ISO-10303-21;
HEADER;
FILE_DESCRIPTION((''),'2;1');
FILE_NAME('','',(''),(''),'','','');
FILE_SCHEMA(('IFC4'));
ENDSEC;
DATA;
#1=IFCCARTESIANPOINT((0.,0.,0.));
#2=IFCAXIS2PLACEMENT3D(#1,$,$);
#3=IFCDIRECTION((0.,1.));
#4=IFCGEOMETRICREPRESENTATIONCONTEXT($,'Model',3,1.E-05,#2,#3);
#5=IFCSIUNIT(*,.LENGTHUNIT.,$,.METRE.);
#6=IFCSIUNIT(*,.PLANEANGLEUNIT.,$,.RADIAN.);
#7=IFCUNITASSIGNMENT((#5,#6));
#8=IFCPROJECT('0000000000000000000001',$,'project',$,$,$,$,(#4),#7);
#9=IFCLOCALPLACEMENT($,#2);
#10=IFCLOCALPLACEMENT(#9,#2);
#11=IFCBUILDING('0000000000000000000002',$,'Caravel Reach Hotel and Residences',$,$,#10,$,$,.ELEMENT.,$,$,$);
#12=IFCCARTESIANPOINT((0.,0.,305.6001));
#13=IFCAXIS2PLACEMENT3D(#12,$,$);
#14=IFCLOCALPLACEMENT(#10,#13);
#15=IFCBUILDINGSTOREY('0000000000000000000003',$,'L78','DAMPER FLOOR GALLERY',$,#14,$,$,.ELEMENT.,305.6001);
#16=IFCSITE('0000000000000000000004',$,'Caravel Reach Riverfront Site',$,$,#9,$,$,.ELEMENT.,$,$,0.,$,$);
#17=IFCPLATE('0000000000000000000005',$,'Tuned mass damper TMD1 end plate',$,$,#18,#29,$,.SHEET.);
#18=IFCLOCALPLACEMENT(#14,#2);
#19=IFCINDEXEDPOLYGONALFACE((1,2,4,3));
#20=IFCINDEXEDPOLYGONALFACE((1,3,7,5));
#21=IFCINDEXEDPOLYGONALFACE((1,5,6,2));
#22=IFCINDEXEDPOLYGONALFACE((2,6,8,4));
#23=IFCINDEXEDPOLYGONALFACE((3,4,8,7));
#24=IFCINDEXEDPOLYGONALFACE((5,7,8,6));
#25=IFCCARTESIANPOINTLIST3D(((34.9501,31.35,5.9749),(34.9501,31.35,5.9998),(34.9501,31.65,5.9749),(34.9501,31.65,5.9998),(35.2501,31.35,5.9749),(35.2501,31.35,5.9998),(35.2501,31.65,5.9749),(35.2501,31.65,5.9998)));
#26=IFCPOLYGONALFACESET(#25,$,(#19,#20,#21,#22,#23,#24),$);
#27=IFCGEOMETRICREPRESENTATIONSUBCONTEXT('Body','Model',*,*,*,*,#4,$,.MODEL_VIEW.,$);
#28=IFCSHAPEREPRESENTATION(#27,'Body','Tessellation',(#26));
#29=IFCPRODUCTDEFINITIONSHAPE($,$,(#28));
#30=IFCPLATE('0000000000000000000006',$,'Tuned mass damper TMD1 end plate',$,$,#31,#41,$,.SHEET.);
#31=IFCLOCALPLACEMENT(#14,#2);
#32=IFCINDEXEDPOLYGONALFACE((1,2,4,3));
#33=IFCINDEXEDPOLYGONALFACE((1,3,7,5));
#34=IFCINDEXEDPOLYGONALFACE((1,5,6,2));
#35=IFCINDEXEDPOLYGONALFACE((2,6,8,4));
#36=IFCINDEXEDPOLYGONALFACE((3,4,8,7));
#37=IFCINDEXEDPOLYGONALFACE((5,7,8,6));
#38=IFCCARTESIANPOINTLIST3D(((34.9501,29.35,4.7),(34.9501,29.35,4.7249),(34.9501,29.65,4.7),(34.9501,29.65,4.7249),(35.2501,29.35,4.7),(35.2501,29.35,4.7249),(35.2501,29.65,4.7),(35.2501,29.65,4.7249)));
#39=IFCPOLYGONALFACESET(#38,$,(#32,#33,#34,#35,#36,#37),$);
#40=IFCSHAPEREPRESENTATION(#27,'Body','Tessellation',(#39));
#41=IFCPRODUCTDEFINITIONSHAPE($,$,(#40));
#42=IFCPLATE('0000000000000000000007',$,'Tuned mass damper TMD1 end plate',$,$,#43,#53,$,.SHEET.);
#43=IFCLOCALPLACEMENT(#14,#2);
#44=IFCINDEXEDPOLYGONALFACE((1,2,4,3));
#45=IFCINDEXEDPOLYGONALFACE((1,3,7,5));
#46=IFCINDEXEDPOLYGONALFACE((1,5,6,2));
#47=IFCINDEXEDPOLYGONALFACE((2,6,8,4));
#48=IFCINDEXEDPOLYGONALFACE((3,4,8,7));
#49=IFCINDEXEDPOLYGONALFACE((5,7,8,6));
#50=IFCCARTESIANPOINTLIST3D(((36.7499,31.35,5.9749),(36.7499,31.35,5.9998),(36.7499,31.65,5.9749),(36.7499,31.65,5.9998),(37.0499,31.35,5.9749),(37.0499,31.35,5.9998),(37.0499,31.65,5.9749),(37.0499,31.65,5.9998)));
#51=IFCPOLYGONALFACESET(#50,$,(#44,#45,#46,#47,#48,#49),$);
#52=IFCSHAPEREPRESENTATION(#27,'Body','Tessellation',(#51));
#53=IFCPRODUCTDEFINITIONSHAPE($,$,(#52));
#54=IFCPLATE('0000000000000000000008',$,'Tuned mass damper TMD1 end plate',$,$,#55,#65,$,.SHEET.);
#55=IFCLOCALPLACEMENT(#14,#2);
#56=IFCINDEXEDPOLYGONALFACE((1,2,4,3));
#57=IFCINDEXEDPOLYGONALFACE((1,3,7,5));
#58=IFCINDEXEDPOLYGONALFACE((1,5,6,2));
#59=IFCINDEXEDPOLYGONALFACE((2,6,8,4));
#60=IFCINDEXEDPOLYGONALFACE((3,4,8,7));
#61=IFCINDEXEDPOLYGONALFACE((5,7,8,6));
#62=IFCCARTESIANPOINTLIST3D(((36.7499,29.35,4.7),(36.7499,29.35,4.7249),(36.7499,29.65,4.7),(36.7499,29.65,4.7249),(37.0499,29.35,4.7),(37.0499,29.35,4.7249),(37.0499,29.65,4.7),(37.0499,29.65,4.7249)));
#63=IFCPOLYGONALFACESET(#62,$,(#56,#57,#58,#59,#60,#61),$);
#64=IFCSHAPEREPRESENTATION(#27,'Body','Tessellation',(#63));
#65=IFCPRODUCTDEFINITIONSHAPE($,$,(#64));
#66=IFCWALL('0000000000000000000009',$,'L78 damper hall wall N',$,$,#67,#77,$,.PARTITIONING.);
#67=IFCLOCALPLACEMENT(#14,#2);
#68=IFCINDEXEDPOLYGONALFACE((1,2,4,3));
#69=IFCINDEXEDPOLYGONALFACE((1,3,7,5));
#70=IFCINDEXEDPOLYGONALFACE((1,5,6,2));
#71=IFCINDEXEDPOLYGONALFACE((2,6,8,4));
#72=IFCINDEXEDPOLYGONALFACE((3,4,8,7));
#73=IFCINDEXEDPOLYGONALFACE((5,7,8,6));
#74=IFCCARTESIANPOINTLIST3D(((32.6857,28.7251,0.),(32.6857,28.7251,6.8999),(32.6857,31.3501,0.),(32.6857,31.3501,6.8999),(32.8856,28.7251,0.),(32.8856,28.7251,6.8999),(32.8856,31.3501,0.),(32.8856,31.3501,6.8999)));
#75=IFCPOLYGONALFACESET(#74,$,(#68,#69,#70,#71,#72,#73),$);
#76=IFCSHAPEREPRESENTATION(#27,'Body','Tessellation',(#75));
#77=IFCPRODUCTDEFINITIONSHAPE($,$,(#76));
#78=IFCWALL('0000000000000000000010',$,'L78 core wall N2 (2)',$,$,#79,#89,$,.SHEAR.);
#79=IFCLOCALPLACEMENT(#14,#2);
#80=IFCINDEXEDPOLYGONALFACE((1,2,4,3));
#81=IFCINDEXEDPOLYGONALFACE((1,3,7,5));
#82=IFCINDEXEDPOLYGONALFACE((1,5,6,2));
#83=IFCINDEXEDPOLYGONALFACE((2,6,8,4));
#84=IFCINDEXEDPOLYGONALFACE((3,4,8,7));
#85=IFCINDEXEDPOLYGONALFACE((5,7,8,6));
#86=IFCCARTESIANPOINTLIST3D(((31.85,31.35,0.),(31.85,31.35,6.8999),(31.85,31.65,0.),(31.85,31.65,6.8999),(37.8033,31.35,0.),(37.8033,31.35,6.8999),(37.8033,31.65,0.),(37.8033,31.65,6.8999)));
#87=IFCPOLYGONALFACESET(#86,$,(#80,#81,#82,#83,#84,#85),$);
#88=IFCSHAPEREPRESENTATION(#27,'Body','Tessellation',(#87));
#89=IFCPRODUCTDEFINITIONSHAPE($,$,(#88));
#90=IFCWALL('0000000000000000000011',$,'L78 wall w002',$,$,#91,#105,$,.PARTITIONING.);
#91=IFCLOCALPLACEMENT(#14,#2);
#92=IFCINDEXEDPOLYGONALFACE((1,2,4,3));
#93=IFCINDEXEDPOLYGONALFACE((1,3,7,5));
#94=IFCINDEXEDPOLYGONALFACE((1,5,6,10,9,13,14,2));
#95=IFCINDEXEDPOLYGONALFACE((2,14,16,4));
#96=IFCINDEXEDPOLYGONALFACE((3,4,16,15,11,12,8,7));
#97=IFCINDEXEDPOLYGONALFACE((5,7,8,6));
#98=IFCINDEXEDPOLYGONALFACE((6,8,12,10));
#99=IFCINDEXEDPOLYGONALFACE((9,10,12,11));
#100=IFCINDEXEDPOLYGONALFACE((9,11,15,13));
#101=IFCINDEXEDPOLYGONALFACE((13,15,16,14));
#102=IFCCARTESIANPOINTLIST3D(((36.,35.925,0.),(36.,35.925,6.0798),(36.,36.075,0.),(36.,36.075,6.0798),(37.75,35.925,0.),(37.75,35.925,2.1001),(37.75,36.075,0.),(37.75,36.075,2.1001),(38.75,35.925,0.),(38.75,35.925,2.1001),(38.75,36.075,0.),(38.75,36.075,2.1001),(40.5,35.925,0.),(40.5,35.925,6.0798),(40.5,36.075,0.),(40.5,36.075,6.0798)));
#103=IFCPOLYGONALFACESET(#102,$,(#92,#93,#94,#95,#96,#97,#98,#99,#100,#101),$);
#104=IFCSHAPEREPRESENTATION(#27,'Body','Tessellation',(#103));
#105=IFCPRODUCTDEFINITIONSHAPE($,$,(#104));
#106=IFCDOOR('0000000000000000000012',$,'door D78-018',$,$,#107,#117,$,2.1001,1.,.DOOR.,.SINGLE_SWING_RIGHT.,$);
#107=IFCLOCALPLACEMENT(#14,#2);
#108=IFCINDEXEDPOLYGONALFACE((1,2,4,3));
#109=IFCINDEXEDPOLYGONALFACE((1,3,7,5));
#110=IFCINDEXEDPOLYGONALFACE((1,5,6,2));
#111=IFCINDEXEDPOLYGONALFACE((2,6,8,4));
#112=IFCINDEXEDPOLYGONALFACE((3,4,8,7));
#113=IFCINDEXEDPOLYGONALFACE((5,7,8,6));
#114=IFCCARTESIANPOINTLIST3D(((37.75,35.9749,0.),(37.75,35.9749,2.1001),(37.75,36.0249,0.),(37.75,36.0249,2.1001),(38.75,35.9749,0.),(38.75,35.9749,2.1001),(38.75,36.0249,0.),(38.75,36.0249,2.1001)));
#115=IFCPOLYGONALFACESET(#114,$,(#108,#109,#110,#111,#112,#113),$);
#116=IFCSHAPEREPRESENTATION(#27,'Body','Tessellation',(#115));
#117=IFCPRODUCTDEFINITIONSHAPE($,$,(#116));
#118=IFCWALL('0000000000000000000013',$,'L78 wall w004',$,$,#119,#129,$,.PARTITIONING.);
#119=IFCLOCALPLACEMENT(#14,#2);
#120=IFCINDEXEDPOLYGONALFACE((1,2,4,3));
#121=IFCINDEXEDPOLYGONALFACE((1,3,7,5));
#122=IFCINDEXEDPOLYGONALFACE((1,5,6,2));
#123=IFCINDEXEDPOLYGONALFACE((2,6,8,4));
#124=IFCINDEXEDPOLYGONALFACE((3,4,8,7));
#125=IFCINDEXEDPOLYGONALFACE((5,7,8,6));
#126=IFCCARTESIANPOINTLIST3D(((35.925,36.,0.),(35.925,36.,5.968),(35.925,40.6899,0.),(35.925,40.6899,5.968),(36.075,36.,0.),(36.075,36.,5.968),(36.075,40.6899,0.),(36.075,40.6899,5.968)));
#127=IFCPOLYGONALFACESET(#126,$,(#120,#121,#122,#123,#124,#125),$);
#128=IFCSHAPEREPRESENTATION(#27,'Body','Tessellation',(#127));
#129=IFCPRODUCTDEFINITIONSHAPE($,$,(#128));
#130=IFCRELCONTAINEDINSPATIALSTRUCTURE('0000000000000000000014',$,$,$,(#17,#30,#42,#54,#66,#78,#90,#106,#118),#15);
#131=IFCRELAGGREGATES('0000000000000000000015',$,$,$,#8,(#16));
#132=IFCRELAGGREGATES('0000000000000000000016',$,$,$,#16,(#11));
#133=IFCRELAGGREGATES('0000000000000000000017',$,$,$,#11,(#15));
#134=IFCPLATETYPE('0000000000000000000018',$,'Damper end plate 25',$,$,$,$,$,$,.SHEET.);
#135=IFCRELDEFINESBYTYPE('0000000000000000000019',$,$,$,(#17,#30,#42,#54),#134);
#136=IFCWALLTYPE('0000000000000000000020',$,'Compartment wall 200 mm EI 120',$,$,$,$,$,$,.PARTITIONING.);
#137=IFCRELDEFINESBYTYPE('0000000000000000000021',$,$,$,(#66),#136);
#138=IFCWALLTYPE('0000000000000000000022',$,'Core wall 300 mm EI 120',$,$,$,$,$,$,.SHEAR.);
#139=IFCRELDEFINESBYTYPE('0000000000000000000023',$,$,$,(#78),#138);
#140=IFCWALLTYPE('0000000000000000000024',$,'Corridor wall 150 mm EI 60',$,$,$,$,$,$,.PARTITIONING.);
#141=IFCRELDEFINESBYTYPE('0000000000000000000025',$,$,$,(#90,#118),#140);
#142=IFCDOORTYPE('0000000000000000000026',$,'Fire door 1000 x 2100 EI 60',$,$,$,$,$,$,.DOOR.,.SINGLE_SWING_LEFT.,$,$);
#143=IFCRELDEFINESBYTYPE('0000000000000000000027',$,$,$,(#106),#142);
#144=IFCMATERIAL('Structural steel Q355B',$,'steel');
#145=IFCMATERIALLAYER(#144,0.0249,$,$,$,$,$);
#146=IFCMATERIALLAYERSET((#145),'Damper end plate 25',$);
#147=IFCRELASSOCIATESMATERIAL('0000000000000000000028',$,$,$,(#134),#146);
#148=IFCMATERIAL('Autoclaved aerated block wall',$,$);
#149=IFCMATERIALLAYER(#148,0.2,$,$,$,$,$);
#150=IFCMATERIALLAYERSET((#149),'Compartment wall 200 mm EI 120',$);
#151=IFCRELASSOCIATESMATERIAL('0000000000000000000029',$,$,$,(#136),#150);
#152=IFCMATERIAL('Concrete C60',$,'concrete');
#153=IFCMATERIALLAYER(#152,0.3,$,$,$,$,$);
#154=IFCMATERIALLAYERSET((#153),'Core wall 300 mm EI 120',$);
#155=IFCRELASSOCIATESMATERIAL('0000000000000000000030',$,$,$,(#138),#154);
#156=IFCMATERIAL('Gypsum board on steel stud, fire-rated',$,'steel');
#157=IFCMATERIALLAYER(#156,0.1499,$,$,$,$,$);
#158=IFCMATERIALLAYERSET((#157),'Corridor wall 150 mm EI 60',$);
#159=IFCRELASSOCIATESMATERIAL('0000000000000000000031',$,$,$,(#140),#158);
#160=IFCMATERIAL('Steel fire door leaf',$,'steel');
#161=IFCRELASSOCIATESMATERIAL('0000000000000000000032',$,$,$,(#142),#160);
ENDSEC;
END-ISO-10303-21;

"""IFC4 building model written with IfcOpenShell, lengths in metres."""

from ifc_helpers import new_model, si_unit, direction, frame, frame_2d, origin, origin_2d, place, context, subcontext, project, spatial, rectangle, extrude, material, layer, layer_set, type_object, element, fill, save


model = new_model("IFC4")

# Units and contexts
model_context = context("Model", 3, precision=1e-05, world=origin(), true_north=direction((0.0, 1.0)))
body_context = subcontext(model_context, "Body", "Model", "MODEL_VIEW")
ifc_project = project(units=[si_unit("LENGTHUNIT", "METRE"), si_unit("PLANEANGLEUNIT", "RADIAN")], contexts=[model_context])

# Site, building, storey
site_placement = place(None, origin())
site = spatial("IfcSite", under=ifc_project, at=site_placement, Name="Caravel Reach Riverfront Site", CompositionType="ELEMENT", RefElevation=0.0)
building_placement = place(site_placement, origin())
building = spatial("IfcBuilding", under=site, at=building_placement, Name="Caravel Reach Hotel and Residences", CompositionType="ELEMENT")
storey_placement = place(building_placement, frame((0.0, 0.0, 305.6001)))
storey = spatial("IfcBuildingStorey", under=building, at=storey_placement, Name="L78", Description="DAMPER FLOOR GALLERY", CompositionType="ELEMENT", Elevation=305.6001)

# Plates
ifc_material_1 = material(Name="Structural steel Q355B", Category="steel")
ifc_layer_1 = layer(ifc_material_1, 0.0249)
ifc_layer_set_1 = layer_set([ifc_layer_1], Name="Damper end plate 25")
plate_type_1 = type_object("IfcPlateType", Name="Damper end plate 25", PredefinedType="SHEET", material=ifc_layer_set_1)
for number, where, z_axis, x_axis, name in (
    (1, (35.1001, 31.5, 5.9749), (0.0, 0.0, 1.0), (1.0, 0.0, 0.0), "Tuned mass damper TMD1 end plate"),
    (2, (35.1001, 29.5, 4.7), (0.0, 0.0, 1.0), (1.0, 0.0, 0.0), "Tuned mass damper TMD1 end plate"),
    (3, (36.8999, 31.5, 5.9749), (0.0, 0.0, 1.0), (1.0, 0.0, 0.0), "Tuned mass damper TMD1 end plate"),
    (4, (36.8999, 29.5, 4.7), (0.0, 0.0, 1.0), (1.0, 0.0, 0.0), "Tuned mass damper TMD1 end plate"),
):
    element("IfcPlate", number, at=place(storey_placement, frame(where, z_axis=z_axis, x_axis=x_axis)), inside=storey, type_object=plate_type_1, Name=name, PredefinedType="SHEET", context=body_context, shape_type="SweptSolid", body=[
        extrude(rectangle(XDim=0.3, YDim=0.3, at=origin_2d()), origin(), (0.0, 0.0, 1.0), 0.0249),
    ])

# Walls
ifc_material_2 = material(Name="Autoclaved aerated block wall")
ifc_layer_2 = layer(ifc_material_2, 0.2)
ifc_layer_set_2 = layer_set([ifc_layer_2], Name="Compartment wall 200 mm EI 120")
wall_type_1 = type_object("IfcWallType", Name="Compartment wall 200 mm EI 120", PredefinedType="PARTITIONING", material=ifc_layer_set_2)
wall_1_placement = place(storey_placement, frame((32.7856, 28.7251, 0.0), z_axis=(0.0, 0.0, 1.0), x_axis=(0.0, 1.0, 0.0)))
element("IfcWall", 5, at=wall_1_placement, inside=storey, type_object=wall_type_1, Name="L78 damper hall wall N", PredefinedType="PARTITIONING", context=body_context, shape_type="SweptSolid", body=[
    extrude(rectangle(XDim=2.625, YDim=0.2, at=frame_2d((1.3125, 0.0))), origin(), (0.0, 0.0, 1.0), 6.8999),
])
ifc_material_3 = material(Name="Concrete C60", Category="concrete")
ifc_layer_3 = layer(ifc_material_3, 0.3)
ifc_layer_set_3 = layer_set([ifc_layer_3], Name="Core wall 300 mm EI 120")
wall_type_2 = type_object("IfcWallType", Name="Core wall 300 mm EI 120", PredefinedType="SHEAR", material=ifc_layer_set_3)
wall_2_placement = place(storey_placement, frame((31.8501, 31.5, 0.0), z_axis=(0.0, 0.0, 1.0), x_axis=(1.0, 0.0, 0.0)))
element("IfcWall", 6, at=wall_2_placement, inside=storey, type_object=wall_type_2, Name="L78 core wall N2 (2)", PredefinedType="SHEAR", context=body_context, shape_type="SweptSolid", body=[
    extrude(rectangle(XDim=5.9534, YDim=0.3, at=frame_2d((2.9766, 0.0))), origin(), (0.0, 0.0, 1.0), 6.8999),
])

# Wall, opening, door
ifc_material_4 = material(Name="Gypsum board on steel stud, fire-rated", Category="steel")
ifc_layer_4 = layer(ifc_material_4, 0.1499)
ifc_layer_set_4 = layer_set([ifc_layer_4], Name="Corridor wall 150 mm EI 60")
wall_type_3 = type_object("IfcWallType", Name="Corridor wall 150 mm EI 60", PredefinedType="PARTITIONING", material=ifc_layer_set_4)
wall_3_placement = place(storey_placement, frame((36.0, 36.0, 0.0), z_axis=(0.0, 0.0, 1.0), x_axis=(1.0, 0.0, 0.0)))
wall_3 = element("IfcWall", 7, at=wall_3_placement, inside=storey, type_object=wall_type_3, Name="L78 wall w002", PredefinedType="PARTITIONING", context=body_context, shape_type="SweptSolid", body=[
    extrude(rectangle(XDim=4.5, YDim=0.1499, at=frame_2d((2.25, 0.0))), origin(), (0.0, 0.0, 1.0), 6.0798),
])
opening_placement = place(wall_3_placement, frame((1.75, 0.0, 0.0)))
opening = element("IfcOpeningElement", 8, at=opening_placement, cuts=wall_3, PredefinedType="OPENING", context=body_context, shape_type="SweptSolid", body=[
    extrude(rectangle(XDim=1.0, YDim=2.1001, at=frame_2d((0.5, 1.05))), frame((0.0, 0.085, 0.0), z_axis=(0.0, -1.0, 0.0), x_axis=(1.0, 0.0, 0.0)), (0.0, 0.0, 1.0), 0.1699),
])
ifc_material_5 = material(Name="Steel fire door leaf", Category="steel")
door_type = type_object("IfcDoorType", Name="Fire door 1000 x 2100 EI 60", OperationType="SINGLE_SWING_LEFT", PredefinedType="DOOR", material=ifc_material_5)
door_placement = place(opening_placement, origin())
door = element("IfcDoor", 9, at=door_placement, inside=storey, type_object=door_type, Name="door D78-018", OperationType="SINGLE_SWING_RIGHT", OverallHeight=2.1001, OverallWidth=1.0, PredefinedType="DOOR", context=body_context, shape_type="SweptSolid", body=[
    extrude(rectangle(XDim=1.0, YDim=2.1001, at=frame_2d((0.5, 1.05))), frame((0.0, 0.0249, 0.0), z_axis=(0.0, -1.0, 0.0), x_axis=(1.0, 0.0, 0.0)), (0.0, 0.0, 1.0), 0.05),
])
fill(opening, door)

# Wall
wall_4_placement = place(storey_placement, frame((36.0, 36.0, 0.0), z_axis=(0.0, 0.0, 1.0), x_axis=(0.0, 1.0, 0.0)))
element("IfcWall", 10, at=wall_4_placement, inside=storey, type_object=wall_type_3, Name="L78 wall w004", PredefinedType="PARTITIONING", context=body_context, shape_type="SweptSolid", body=[
    extrude(rectangle(XDim=4.6899, YDim=0.1499, at=frame_2d((2.345, 0.0))), origin(), (0.0, 0.0, 1.0), 5.968),
])

save(model, "model.ifc")
